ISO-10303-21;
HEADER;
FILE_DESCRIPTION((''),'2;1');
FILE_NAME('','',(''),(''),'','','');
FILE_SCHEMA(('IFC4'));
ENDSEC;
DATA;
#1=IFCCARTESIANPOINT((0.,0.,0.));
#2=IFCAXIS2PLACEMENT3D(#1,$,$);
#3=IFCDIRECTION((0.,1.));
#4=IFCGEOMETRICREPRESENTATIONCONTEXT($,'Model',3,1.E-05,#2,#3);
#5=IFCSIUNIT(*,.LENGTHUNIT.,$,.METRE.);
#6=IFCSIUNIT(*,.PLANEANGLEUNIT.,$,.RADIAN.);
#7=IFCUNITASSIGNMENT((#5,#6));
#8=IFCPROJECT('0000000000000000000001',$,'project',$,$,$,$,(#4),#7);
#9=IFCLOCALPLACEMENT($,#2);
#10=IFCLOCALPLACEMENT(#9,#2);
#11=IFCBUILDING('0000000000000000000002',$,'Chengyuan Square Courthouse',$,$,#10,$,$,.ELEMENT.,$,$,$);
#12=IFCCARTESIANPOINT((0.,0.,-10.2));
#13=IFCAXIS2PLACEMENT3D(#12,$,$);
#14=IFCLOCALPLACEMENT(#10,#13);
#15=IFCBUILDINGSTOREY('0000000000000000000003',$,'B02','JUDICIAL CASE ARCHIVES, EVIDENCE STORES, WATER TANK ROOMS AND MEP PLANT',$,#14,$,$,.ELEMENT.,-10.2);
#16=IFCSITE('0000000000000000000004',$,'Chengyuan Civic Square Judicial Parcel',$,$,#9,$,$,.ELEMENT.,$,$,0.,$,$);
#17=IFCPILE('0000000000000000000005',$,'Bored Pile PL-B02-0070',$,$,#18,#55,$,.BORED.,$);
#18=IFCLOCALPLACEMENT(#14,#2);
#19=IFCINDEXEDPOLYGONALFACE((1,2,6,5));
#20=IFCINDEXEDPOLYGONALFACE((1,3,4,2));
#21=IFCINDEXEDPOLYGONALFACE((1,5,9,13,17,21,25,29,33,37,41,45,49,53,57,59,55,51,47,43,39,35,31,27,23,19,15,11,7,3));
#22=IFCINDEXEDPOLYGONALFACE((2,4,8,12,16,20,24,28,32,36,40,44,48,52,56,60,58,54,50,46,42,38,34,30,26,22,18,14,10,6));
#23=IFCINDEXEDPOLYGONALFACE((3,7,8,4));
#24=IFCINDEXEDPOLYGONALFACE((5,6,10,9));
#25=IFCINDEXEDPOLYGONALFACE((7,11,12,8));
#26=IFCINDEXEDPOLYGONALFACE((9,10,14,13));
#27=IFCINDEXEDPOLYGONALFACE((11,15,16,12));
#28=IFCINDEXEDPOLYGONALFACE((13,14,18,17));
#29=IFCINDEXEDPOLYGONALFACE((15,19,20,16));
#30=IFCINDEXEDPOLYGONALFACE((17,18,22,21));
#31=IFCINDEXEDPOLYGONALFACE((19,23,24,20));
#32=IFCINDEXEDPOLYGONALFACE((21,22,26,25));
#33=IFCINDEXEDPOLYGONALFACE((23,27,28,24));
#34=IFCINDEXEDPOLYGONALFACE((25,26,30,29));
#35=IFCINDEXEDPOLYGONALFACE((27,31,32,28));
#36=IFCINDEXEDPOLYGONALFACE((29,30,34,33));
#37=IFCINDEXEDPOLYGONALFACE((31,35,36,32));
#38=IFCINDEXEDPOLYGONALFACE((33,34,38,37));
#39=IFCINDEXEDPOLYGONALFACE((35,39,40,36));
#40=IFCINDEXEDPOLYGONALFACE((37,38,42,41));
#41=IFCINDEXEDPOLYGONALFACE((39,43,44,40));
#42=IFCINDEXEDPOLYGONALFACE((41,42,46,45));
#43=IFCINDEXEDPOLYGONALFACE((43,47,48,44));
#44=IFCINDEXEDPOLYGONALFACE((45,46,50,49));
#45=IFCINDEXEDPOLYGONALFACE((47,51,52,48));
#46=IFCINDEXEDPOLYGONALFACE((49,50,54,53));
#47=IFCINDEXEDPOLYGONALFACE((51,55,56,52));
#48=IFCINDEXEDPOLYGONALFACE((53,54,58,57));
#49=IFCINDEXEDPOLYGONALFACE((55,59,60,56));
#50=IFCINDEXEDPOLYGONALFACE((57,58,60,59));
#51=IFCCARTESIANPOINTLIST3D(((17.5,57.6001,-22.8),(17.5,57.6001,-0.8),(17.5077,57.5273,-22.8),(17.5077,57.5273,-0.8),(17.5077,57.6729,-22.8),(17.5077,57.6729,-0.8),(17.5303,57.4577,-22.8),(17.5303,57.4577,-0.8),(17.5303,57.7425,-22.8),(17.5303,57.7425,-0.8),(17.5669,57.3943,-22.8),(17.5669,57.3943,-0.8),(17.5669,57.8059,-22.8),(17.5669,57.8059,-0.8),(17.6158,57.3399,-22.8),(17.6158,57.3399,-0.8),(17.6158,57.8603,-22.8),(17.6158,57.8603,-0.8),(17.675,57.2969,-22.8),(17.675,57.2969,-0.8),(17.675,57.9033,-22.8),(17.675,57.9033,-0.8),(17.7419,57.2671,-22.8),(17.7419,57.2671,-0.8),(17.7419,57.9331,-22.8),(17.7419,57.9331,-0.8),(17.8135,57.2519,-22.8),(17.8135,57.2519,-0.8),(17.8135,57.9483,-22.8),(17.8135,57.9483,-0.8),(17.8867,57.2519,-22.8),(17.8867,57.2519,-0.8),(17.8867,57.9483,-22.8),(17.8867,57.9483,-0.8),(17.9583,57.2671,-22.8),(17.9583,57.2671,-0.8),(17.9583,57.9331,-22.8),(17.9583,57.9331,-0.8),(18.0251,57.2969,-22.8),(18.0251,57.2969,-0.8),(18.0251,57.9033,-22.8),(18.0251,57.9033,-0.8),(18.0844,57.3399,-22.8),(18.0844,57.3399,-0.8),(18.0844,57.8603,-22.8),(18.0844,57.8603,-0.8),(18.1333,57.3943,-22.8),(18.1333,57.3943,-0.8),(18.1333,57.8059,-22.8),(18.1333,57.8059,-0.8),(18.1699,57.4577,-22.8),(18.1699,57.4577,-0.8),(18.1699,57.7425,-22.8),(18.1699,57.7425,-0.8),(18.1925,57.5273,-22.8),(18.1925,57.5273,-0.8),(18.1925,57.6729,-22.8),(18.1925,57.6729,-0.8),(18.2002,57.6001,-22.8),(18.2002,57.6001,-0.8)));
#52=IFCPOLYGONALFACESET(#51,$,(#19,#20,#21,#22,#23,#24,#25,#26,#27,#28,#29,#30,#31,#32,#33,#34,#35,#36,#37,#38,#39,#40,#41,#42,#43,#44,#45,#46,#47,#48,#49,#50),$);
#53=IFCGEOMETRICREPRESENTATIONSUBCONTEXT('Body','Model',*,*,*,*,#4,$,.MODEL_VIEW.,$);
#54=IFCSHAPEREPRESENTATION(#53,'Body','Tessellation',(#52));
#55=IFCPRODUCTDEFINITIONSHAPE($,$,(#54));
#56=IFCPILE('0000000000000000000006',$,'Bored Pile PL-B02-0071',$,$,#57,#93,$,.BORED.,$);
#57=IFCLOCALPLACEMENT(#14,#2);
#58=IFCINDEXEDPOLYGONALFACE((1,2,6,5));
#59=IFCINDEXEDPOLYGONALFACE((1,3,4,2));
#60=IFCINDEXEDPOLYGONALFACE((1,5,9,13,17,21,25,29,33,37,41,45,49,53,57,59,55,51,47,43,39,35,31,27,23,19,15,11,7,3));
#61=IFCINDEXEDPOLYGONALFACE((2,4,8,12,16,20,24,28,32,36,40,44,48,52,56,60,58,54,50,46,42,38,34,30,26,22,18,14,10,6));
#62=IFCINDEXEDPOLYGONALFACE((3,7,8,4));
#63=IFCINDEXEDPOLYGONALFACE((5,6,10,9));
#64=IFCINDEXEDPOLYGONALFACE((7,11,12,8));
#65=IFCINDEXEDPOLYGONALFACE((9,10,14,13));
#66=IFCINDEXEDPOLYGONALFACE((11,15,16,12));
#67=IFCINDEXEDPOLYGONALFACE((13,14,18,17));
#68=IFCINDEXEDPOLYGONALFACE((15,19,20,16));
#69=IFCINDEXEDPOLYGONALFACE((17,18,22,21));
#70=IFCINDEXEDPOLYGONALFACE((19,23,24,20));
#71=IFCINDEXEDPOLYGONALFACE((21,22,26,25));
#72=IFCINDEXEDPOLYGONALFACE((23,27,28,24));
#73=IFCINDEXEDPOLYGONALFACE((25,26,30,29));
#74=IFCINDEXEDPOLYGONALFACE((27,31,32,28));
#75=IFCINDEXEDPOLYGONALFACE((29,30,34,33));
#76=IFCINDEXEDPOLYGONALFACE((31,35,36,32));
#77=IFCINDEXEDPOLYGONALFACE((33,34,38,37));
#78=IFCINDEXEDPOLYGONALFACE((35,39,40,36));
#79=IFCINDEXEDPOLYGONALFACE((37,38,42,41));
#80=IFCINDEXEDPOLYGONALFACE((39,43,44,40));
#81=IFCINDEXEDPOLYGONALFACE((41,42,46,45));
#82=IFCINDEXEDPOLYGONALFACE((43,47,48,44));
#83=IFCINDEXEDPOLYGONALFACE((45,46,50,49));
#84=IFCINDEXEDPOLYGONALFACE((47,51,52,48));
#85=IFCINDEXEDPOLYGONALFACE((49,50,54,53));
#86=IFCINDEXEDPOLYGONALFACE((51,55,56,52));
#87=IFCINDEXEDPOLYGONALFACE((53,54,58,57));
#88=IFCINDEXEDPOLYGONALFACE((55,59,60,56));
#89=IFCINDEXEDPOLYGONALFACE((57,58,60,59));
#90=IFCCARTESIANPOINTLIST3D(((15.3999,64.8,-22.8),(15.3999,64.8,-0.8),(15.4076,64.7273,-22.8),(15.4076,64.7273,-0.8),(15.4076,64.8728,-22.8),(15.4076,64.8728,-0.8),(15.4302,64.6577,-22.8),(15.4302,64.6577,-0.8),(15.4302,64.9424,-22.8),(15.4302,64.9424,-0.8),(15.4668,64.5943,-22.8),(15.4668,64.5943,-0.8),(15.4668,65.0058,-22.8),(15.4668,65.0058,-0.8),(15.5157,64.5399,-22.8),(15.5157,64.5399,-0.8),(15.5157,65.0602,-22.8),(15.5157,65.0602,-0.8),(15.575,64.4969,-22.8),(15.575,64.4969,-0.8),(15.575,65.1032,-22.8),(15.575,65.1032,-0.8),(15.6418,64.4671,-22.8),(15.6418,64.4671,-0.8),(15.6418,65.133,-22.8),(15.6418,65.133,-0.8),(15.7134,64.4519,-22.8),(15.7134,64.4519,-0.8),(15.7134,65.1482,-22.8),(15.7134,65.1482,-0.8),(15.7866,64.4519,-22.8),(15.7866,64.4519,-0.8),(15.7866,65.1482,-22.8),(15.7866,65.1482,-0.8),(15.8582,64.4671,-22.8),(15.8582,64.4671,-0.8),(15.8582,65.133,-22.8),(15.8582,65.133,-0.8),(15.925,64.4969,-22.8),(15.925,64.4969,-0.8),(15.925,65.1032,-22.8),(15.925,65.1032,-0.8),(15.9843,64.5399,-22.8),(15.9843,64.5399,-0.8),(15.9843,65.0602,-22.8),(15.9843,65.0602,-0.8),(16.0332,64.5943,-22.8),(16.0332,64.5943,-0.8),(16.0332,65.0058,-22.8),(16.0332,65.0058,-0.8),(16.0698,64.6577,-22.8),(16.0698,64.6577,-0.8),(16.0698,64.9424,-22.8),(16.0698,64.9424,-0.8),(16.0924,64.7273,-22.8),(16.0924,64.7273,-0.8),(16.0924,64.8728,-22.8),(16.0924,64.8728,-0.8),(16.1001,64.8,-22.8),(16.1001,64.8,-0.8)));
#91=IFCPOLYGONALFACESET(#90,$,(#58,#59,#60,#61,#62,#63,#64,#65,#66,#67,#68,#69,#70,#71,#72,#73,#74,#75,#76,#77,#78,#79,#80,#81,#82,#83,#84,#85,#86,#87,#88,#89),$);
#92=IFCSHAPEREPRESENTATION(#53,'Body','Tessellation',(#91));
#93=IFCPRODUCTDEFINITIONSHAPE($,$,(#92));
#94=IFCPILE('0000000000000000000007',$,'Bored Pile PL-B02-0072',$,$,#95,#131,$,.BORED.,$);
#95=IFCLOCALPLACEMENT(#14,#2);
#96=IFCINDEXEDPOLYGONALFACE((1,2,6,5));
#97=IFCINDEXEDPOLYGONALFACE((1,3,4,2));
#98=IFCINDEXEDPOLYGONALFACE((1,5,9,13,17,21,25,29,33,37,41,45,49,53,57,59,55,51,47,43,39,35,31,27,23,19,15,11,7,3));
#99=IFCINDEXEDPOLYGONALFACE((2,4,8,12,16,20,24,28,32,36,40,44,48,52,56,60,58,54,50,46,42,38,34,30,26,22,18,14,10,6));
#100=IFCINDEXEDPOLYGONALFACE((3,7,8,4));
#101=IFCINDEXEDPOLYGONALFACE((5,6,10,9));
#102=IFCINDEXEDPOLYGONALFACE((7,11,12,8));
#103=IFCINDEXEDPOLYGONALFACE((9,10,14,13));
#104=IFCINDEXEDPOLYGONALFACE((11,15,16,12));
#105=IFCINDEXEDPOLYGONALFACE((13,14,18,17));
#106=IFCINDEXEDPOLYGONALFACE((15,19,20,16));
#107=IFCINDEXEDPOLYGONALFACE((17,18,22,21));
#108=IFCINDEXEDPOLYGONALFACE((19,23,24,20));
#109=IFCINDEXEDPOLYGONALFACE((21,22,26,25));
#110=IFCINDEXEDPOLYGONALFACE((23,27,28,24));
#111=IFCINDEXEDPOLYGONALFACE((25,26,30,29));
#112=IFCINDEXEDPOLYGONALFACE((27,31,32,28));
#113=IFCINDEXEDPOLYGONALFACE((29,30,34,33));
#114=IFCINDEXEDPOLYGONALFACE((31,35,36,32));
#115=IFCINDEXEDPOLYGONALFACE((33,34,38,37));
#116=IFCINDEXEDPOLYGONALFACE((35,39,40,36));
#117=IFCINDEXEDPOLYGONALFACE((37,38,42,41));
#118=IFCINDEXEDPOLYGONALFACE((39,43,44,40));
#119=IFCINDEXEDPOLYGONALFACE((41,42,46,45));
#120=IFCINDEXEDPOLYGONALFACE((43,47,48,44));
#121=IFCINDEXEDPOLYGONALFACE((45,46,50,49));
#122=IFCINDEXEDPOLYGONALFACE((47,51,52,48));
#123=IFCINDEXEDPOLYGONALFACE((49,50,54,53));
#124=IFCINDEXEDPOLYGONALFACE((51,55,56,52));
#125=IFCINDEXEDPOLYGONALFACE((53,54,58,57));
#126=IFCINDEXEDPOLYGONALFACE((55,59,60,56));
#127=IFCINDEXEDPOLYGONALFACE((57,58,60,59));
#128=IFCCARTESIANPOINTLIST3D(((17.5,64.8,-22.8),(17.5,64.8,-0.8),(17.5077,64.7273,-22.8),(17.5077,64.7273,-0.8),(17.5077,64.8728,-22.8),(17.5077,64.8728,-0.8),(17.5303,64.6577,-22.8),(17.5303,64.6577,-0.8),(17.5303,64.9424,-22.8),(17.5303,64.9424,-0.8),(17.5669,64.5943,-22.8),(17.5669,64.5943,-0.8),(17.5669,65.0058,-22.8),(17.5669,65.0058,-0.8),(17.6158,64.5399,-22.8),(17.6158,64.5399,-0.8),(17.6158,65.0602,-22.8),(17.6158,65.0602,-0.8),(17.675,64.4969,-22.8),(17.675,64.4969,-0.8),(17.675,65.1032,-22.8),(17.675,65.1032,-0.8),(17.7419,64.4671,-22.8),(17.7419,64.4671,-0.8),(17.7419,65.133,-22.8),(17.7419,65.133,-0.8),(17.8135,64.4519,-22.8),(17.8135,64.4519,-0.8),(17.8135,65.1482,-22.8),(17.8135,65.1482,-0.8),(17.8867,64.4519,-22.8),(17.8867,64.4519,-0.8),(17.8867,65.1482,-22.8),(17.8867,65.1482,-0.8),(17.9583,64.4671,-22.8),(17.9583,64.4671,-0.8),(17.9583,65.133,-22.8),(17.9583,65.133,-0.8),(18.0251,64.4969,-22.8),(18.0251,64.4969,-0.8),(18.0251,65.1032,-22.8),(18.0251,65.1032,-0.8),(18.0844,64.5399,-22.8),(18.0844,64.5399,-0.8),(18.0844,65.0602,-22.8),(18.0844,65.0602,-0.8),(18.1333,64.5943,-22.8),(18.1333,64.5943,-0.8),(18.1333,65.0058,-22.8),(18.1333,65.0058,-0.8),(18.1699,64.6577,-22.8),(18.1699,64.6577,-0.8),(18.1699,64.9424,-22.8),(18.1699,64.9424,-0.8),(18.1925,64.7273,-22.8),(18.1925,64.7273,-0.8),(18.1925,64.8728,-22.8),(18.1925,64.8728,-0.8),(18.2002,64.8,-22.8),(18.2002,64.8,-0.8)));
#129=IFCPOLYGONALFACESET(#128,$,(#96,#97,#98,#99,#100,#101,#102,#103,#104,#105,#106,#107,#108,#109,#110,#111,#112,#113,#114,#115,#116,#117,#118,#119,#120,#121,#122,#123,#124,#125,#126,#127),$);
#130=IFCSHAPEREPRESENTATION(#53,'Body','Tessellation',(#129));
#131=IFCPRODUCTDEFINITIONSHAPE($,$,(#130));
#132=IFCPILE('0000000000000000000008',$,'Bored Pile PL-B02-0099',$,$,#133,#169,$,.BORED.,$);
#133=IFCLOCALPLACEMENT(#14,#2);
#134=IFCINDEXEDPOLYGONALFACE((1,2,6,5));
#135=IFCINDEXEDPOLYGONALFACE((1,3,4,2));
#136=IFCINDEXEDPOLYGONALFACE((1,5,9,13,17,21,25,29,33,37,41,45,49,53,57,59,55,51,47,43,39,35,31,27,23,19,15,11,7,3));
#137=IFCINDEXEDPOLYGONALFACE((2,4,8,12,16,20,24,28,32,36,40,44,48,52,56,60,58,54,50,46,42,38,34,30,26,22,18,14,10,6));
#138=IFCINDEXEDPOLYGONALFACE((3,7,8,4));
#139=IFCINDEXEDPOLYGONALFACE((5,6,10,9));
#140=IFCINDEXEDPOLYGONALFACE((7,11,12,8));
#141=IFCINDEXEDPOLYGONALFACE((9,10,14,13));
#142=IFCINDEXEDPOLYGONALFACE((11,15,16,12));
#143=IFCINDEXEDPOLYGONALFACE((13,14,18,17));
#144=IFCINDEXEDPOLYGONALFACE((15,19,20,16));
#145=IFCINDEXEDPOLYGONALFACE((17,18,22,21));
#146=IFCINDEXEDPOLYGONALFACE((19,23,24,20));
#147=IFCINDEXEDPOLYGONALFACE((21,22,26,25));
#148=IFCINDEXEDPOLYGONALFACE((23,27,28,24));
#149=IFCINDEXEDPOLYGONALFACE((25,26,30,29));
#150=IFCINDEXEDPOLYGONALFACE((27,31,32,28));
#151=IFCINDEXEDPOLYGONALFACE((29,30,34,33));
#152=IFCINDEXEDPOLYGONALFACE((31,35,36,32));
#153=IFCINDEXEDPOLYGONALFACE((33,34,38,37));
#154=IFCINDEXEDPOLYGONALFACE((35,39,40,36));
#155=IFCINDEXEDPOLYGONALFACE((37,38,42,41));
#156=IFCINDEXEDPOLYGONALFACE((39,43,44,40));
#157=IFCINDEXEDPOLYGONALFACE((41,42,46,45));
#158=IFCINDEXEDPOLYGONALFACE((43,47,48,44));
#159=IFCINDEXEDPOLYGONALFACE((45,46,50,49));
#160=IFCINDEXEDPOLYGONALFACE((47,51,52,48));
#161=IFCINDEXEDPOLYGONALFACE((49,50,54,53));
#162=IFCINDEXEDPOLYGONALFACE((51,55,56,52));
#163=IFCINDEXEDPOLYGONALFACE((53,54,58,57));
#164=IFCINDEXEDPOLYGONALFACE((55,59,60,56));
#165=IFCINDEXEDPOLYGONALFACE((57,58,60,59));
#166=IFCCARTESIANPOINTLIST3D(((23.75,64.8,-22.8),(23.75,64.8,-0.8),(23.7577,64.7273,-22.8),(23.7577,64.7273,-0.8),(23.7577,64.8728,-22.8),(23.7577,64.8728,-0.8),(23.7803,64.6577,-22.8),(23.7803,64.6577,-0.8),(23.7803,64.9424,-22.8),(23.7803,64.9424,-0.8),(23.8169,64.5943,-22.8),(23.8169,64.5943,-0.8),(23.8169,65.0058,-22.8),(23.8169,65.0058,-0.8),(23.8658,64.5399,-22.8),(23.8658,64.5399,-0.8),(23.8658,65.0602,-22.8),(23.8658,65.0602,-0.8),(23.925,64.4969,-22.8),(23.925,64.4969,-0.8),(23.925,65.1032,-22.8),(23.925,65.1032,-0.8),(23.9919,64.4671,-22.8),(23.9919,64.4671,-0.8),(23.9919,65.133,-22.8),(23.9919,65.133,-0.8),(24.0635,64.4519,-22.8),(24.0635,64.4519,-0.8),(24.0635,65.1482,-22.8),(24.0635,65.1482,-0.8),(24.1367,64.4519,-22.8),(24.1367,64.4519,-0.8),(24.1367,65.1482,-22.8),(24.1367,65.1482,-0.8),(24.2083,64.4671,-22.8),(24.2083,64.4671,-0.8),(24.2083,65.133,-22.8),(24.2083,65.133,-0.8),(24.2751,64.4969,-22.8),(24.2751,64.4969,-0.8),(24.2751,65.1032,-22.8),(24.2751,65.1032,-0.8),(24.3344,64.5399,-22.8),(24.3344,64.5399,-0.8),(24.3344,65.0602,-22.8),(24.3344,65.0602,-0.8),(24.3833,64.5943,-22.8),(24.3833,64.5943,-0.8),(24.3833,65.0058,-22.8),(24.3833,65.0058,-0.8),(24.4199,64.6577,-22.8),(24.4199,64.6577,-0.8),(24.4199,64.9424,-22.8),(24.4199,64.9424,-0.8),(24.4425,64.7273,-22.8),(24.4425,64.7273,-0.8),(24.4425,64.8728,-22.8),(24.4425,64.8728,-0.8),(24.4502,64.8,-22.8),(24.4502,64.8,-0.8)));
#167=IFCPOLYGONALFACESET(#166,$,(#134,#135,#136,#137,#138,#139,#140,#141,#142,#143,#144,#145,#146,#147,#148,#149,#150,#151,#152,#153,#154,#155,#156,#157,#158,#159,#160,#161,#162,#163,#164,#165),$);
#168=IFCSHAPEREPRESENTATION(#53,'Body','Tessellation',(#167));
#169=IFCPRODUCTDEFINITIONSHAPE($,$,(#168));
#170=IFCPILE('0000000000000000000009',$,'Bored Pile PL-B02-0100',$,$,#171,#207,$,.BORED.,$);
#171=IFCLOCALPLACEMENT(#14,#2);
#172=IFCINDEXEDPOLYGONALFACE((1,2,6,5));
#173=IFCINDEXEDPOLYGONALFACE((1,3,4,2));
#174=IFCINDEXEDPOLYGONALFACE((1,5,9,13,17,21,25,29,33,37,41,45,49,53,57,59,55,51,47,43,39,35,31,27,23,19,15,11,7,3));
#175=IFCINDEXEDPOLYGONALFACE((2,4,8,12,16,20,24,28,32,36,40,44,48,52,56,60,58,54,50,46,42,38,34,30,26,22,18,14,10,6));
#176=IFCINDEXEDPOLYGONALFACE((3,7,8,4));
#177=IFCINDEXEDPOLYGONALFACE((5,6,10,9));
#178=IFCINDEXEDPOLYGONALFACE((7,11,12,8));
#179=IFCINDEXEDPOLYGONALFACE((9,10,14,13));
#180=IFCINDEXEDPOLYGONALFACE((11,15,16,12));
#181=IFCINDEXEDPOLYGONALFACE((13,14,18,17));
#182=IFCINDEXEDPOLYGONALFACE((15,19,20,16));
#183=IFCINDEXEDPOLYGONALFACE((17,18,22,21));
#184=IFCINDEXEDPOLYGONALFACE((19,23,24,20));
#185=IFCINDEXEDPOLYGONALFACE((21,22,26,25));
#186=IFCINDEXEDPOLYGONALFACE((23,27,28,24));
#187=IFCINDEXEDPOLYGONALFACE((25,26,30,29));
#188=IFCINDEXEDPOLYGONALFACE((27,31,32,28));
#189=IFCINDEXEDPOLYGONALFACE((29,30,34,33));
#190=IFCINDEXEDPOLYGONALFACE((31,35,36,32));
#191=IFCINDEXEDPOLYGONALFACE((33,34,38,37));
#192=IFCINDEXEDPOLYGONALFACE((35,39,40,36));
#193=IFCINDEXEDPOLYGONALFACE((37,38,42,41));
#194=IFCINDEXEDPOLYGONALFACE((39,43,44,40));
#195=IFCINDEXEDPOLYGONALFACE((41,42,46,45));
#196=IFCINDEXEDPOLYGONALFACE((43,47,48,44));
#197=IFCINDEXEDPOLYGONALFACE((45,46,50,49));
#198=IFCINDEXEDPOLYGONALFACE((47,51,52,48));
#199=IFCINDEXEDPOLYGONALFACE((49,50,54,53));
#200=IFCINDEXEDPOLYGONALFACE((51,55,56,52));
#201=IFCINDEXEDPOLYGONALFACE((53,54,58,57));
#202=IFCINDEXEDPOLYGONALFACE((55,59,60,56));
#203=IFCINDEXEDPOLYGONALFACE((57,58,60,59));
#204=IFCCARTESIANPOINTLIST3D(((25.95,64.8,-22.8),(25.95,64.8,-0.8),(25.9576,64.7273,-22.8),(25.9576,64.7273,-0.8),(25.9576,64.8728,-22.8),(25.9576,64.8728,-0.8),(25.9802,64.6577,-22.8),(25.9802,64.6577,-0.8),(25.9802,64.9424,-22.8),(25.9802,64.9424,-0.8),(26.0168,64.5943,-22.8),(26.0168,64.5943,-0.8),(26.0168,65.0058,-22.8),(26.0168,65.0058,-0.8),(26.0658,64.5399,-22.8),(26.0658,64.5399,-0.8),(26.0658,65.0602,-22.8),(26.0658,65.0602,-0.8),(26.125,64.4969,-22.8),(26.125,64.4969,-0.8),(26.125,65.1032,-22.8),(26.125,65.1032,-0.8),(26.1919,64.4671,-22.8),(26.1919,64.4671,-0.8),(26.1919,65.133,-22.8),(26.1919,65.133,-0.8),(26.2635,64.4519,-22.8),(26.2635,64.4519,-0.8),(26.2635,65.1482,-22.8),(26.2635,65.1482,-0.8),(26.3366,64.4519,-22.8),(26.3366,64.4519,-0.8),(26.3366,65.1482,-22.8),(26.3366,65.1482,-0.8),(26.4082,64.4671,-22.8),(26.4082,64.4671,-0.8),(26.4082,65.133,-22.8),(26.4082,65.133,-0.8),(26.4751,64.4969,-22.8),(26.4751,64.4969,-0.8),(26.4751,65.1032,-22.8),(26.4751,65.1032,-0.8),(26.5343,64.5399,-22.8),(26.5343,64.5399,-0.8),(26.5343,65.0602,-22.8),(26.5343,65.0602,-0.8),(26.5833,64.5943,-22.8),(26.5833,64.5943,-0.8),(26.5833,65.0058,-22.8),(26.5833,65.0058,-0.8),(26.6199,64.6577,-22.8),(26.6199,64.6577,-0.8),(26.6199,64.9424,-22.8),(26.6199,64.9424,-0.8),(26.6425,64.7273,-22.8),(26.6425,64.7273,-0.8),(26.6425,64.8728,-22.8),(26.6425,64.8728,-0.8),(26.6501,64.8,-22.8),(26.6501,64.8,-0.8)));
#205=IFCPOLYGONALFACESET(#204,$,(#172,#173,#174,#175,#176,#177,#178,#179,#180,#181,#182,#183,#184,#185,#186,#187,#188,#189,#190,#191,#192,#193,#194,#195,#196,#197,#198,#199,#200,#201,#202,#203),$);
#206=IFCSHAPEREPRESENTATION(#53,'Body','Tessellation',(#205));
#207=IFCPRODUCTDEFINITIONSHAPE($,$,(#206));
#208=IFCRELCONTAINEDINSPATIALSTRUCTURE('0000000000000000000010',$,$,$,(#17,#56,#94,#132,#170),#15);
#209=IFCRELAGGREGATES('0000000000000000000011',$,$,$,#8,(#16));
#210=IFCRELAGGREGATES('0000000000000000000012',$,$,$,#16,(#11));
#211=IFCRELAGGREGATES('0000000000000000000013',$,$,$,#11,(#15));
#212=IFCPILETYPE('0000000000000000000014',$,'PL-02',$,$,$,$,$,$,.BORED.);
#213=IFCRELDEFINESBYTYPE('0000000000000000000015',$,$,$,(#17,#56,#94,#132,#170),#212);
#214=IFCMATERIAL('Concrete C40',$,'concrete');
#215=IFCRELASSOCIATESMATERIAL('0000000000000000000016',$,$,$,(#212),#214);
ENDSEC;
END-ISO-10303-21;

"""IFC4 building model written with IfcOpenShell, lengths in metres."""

from ifc_helpers import new_model, si_unit, direction, frame, origin, origin_2d, place, context, subcontext, project, spatial, circle, extrude, material, material_profile, profile_set, type_object, element, save


model = new_model("IFC4")

# Units and contexts
model_context = context("Model", 3, precision=1e-05, world=origin(), true_north=direction((0.0, 1.0)))
body_context = subcontext(model_context, "Body", "Model", "MODEL_VIEW")
ifc_project = project(units=[si_unit("LENGTHUNIT", "METRE"), si_unit("PLANEANGLEUNIT", "RADIAN")], contexts=[model_context])

# Site, building, storey
site_placement = place(None, origin())
site = spatial("IfcSite", under=ifc_project, at=site_placement, Name="Chengyuan Civic Square Judicial Parcel", CompositionType="ELEMENT", RefElevation=0.0)
building_placement = place(site_placement, origin())
building = spatial("IfcBuilding", under=site, at=building_placement, Name="Chengyuan Square Courthouse", CompositionType="ELEMENT")
storey_placement = place(building_placement, frame((0.0, 0.0, -10.2)))
storey = spatial("IfcBuildingStorey", under=building, at=storey_placement, Name="B02", Description="JUDICIAL CASE ARCHIVES, EVIDENCE STORES, WATER TANK ROOMS AND MEP PLANT", CompositionType="ELEMENT", Elevation=-10.2)

# Shared definitions
ifc_material_1 = material(Name="Concrete C40", Category="concrete")

# Piles
ifc_material_profile_1 = material_profile(ifc_material_1, circle(Radius=0.3501, at=origin_2d()), Name="BORED PILE D700")
ifc_profile_set_1 = profile_set([ifc_material_profile_1], Name="Concrete C40")
pile_type_1 = type_object("IfcPileType", Name="PL-02", PredefinedType="BORED", material=ifc_profile_set_1)
for number, where, z_axis, x_axis, name in (
    (1, (17.8501, 57.6001, -0.8), (0.0, 0.0, -1.0), (1.0, 0.0, 0.0), "Bored Pile PL-B02-0070"),
    (2, (15.75, 64.8, -0.8), (0.0, 0.0, -1.0), (1.0, 0.0, 0.0), "Bored Pile PL-B02-0071"),
    (3, (17.8501, 64.8, -0.8), (0.0, 0.0, -1.0), (1.0, 0.0, 0.0), "Bored Pile PL-B02-0072"),
    (4, (24.1001, 64.8, -0.8), (0.0, 0.0, -1.0), (1.0, 0.0, 0.0), "Bored Pile PL-B02-0099"),
    (5, (26.3, 64.8, -0.8), (0.0, 0.0, -1.0), (1.0, 0.0, 0.0), "Bored Pile PL-B02-0100"),
):
    element("IfcPile", number, at=place(storey_placement, frame(where, z_axis=z_axis, x_axis=x_axis)), inside=storey, type_object=pile_type_1, Name=name, PredefinedType="BORED", context=body_context, shape_type="SweptSolid", body=[
        extrude(circle(Radius=0.3501, at=origin_2d()), origin(), (0.0, 0.0, 1.0), 22.0),
    ])

save(model, "model.ifc")
